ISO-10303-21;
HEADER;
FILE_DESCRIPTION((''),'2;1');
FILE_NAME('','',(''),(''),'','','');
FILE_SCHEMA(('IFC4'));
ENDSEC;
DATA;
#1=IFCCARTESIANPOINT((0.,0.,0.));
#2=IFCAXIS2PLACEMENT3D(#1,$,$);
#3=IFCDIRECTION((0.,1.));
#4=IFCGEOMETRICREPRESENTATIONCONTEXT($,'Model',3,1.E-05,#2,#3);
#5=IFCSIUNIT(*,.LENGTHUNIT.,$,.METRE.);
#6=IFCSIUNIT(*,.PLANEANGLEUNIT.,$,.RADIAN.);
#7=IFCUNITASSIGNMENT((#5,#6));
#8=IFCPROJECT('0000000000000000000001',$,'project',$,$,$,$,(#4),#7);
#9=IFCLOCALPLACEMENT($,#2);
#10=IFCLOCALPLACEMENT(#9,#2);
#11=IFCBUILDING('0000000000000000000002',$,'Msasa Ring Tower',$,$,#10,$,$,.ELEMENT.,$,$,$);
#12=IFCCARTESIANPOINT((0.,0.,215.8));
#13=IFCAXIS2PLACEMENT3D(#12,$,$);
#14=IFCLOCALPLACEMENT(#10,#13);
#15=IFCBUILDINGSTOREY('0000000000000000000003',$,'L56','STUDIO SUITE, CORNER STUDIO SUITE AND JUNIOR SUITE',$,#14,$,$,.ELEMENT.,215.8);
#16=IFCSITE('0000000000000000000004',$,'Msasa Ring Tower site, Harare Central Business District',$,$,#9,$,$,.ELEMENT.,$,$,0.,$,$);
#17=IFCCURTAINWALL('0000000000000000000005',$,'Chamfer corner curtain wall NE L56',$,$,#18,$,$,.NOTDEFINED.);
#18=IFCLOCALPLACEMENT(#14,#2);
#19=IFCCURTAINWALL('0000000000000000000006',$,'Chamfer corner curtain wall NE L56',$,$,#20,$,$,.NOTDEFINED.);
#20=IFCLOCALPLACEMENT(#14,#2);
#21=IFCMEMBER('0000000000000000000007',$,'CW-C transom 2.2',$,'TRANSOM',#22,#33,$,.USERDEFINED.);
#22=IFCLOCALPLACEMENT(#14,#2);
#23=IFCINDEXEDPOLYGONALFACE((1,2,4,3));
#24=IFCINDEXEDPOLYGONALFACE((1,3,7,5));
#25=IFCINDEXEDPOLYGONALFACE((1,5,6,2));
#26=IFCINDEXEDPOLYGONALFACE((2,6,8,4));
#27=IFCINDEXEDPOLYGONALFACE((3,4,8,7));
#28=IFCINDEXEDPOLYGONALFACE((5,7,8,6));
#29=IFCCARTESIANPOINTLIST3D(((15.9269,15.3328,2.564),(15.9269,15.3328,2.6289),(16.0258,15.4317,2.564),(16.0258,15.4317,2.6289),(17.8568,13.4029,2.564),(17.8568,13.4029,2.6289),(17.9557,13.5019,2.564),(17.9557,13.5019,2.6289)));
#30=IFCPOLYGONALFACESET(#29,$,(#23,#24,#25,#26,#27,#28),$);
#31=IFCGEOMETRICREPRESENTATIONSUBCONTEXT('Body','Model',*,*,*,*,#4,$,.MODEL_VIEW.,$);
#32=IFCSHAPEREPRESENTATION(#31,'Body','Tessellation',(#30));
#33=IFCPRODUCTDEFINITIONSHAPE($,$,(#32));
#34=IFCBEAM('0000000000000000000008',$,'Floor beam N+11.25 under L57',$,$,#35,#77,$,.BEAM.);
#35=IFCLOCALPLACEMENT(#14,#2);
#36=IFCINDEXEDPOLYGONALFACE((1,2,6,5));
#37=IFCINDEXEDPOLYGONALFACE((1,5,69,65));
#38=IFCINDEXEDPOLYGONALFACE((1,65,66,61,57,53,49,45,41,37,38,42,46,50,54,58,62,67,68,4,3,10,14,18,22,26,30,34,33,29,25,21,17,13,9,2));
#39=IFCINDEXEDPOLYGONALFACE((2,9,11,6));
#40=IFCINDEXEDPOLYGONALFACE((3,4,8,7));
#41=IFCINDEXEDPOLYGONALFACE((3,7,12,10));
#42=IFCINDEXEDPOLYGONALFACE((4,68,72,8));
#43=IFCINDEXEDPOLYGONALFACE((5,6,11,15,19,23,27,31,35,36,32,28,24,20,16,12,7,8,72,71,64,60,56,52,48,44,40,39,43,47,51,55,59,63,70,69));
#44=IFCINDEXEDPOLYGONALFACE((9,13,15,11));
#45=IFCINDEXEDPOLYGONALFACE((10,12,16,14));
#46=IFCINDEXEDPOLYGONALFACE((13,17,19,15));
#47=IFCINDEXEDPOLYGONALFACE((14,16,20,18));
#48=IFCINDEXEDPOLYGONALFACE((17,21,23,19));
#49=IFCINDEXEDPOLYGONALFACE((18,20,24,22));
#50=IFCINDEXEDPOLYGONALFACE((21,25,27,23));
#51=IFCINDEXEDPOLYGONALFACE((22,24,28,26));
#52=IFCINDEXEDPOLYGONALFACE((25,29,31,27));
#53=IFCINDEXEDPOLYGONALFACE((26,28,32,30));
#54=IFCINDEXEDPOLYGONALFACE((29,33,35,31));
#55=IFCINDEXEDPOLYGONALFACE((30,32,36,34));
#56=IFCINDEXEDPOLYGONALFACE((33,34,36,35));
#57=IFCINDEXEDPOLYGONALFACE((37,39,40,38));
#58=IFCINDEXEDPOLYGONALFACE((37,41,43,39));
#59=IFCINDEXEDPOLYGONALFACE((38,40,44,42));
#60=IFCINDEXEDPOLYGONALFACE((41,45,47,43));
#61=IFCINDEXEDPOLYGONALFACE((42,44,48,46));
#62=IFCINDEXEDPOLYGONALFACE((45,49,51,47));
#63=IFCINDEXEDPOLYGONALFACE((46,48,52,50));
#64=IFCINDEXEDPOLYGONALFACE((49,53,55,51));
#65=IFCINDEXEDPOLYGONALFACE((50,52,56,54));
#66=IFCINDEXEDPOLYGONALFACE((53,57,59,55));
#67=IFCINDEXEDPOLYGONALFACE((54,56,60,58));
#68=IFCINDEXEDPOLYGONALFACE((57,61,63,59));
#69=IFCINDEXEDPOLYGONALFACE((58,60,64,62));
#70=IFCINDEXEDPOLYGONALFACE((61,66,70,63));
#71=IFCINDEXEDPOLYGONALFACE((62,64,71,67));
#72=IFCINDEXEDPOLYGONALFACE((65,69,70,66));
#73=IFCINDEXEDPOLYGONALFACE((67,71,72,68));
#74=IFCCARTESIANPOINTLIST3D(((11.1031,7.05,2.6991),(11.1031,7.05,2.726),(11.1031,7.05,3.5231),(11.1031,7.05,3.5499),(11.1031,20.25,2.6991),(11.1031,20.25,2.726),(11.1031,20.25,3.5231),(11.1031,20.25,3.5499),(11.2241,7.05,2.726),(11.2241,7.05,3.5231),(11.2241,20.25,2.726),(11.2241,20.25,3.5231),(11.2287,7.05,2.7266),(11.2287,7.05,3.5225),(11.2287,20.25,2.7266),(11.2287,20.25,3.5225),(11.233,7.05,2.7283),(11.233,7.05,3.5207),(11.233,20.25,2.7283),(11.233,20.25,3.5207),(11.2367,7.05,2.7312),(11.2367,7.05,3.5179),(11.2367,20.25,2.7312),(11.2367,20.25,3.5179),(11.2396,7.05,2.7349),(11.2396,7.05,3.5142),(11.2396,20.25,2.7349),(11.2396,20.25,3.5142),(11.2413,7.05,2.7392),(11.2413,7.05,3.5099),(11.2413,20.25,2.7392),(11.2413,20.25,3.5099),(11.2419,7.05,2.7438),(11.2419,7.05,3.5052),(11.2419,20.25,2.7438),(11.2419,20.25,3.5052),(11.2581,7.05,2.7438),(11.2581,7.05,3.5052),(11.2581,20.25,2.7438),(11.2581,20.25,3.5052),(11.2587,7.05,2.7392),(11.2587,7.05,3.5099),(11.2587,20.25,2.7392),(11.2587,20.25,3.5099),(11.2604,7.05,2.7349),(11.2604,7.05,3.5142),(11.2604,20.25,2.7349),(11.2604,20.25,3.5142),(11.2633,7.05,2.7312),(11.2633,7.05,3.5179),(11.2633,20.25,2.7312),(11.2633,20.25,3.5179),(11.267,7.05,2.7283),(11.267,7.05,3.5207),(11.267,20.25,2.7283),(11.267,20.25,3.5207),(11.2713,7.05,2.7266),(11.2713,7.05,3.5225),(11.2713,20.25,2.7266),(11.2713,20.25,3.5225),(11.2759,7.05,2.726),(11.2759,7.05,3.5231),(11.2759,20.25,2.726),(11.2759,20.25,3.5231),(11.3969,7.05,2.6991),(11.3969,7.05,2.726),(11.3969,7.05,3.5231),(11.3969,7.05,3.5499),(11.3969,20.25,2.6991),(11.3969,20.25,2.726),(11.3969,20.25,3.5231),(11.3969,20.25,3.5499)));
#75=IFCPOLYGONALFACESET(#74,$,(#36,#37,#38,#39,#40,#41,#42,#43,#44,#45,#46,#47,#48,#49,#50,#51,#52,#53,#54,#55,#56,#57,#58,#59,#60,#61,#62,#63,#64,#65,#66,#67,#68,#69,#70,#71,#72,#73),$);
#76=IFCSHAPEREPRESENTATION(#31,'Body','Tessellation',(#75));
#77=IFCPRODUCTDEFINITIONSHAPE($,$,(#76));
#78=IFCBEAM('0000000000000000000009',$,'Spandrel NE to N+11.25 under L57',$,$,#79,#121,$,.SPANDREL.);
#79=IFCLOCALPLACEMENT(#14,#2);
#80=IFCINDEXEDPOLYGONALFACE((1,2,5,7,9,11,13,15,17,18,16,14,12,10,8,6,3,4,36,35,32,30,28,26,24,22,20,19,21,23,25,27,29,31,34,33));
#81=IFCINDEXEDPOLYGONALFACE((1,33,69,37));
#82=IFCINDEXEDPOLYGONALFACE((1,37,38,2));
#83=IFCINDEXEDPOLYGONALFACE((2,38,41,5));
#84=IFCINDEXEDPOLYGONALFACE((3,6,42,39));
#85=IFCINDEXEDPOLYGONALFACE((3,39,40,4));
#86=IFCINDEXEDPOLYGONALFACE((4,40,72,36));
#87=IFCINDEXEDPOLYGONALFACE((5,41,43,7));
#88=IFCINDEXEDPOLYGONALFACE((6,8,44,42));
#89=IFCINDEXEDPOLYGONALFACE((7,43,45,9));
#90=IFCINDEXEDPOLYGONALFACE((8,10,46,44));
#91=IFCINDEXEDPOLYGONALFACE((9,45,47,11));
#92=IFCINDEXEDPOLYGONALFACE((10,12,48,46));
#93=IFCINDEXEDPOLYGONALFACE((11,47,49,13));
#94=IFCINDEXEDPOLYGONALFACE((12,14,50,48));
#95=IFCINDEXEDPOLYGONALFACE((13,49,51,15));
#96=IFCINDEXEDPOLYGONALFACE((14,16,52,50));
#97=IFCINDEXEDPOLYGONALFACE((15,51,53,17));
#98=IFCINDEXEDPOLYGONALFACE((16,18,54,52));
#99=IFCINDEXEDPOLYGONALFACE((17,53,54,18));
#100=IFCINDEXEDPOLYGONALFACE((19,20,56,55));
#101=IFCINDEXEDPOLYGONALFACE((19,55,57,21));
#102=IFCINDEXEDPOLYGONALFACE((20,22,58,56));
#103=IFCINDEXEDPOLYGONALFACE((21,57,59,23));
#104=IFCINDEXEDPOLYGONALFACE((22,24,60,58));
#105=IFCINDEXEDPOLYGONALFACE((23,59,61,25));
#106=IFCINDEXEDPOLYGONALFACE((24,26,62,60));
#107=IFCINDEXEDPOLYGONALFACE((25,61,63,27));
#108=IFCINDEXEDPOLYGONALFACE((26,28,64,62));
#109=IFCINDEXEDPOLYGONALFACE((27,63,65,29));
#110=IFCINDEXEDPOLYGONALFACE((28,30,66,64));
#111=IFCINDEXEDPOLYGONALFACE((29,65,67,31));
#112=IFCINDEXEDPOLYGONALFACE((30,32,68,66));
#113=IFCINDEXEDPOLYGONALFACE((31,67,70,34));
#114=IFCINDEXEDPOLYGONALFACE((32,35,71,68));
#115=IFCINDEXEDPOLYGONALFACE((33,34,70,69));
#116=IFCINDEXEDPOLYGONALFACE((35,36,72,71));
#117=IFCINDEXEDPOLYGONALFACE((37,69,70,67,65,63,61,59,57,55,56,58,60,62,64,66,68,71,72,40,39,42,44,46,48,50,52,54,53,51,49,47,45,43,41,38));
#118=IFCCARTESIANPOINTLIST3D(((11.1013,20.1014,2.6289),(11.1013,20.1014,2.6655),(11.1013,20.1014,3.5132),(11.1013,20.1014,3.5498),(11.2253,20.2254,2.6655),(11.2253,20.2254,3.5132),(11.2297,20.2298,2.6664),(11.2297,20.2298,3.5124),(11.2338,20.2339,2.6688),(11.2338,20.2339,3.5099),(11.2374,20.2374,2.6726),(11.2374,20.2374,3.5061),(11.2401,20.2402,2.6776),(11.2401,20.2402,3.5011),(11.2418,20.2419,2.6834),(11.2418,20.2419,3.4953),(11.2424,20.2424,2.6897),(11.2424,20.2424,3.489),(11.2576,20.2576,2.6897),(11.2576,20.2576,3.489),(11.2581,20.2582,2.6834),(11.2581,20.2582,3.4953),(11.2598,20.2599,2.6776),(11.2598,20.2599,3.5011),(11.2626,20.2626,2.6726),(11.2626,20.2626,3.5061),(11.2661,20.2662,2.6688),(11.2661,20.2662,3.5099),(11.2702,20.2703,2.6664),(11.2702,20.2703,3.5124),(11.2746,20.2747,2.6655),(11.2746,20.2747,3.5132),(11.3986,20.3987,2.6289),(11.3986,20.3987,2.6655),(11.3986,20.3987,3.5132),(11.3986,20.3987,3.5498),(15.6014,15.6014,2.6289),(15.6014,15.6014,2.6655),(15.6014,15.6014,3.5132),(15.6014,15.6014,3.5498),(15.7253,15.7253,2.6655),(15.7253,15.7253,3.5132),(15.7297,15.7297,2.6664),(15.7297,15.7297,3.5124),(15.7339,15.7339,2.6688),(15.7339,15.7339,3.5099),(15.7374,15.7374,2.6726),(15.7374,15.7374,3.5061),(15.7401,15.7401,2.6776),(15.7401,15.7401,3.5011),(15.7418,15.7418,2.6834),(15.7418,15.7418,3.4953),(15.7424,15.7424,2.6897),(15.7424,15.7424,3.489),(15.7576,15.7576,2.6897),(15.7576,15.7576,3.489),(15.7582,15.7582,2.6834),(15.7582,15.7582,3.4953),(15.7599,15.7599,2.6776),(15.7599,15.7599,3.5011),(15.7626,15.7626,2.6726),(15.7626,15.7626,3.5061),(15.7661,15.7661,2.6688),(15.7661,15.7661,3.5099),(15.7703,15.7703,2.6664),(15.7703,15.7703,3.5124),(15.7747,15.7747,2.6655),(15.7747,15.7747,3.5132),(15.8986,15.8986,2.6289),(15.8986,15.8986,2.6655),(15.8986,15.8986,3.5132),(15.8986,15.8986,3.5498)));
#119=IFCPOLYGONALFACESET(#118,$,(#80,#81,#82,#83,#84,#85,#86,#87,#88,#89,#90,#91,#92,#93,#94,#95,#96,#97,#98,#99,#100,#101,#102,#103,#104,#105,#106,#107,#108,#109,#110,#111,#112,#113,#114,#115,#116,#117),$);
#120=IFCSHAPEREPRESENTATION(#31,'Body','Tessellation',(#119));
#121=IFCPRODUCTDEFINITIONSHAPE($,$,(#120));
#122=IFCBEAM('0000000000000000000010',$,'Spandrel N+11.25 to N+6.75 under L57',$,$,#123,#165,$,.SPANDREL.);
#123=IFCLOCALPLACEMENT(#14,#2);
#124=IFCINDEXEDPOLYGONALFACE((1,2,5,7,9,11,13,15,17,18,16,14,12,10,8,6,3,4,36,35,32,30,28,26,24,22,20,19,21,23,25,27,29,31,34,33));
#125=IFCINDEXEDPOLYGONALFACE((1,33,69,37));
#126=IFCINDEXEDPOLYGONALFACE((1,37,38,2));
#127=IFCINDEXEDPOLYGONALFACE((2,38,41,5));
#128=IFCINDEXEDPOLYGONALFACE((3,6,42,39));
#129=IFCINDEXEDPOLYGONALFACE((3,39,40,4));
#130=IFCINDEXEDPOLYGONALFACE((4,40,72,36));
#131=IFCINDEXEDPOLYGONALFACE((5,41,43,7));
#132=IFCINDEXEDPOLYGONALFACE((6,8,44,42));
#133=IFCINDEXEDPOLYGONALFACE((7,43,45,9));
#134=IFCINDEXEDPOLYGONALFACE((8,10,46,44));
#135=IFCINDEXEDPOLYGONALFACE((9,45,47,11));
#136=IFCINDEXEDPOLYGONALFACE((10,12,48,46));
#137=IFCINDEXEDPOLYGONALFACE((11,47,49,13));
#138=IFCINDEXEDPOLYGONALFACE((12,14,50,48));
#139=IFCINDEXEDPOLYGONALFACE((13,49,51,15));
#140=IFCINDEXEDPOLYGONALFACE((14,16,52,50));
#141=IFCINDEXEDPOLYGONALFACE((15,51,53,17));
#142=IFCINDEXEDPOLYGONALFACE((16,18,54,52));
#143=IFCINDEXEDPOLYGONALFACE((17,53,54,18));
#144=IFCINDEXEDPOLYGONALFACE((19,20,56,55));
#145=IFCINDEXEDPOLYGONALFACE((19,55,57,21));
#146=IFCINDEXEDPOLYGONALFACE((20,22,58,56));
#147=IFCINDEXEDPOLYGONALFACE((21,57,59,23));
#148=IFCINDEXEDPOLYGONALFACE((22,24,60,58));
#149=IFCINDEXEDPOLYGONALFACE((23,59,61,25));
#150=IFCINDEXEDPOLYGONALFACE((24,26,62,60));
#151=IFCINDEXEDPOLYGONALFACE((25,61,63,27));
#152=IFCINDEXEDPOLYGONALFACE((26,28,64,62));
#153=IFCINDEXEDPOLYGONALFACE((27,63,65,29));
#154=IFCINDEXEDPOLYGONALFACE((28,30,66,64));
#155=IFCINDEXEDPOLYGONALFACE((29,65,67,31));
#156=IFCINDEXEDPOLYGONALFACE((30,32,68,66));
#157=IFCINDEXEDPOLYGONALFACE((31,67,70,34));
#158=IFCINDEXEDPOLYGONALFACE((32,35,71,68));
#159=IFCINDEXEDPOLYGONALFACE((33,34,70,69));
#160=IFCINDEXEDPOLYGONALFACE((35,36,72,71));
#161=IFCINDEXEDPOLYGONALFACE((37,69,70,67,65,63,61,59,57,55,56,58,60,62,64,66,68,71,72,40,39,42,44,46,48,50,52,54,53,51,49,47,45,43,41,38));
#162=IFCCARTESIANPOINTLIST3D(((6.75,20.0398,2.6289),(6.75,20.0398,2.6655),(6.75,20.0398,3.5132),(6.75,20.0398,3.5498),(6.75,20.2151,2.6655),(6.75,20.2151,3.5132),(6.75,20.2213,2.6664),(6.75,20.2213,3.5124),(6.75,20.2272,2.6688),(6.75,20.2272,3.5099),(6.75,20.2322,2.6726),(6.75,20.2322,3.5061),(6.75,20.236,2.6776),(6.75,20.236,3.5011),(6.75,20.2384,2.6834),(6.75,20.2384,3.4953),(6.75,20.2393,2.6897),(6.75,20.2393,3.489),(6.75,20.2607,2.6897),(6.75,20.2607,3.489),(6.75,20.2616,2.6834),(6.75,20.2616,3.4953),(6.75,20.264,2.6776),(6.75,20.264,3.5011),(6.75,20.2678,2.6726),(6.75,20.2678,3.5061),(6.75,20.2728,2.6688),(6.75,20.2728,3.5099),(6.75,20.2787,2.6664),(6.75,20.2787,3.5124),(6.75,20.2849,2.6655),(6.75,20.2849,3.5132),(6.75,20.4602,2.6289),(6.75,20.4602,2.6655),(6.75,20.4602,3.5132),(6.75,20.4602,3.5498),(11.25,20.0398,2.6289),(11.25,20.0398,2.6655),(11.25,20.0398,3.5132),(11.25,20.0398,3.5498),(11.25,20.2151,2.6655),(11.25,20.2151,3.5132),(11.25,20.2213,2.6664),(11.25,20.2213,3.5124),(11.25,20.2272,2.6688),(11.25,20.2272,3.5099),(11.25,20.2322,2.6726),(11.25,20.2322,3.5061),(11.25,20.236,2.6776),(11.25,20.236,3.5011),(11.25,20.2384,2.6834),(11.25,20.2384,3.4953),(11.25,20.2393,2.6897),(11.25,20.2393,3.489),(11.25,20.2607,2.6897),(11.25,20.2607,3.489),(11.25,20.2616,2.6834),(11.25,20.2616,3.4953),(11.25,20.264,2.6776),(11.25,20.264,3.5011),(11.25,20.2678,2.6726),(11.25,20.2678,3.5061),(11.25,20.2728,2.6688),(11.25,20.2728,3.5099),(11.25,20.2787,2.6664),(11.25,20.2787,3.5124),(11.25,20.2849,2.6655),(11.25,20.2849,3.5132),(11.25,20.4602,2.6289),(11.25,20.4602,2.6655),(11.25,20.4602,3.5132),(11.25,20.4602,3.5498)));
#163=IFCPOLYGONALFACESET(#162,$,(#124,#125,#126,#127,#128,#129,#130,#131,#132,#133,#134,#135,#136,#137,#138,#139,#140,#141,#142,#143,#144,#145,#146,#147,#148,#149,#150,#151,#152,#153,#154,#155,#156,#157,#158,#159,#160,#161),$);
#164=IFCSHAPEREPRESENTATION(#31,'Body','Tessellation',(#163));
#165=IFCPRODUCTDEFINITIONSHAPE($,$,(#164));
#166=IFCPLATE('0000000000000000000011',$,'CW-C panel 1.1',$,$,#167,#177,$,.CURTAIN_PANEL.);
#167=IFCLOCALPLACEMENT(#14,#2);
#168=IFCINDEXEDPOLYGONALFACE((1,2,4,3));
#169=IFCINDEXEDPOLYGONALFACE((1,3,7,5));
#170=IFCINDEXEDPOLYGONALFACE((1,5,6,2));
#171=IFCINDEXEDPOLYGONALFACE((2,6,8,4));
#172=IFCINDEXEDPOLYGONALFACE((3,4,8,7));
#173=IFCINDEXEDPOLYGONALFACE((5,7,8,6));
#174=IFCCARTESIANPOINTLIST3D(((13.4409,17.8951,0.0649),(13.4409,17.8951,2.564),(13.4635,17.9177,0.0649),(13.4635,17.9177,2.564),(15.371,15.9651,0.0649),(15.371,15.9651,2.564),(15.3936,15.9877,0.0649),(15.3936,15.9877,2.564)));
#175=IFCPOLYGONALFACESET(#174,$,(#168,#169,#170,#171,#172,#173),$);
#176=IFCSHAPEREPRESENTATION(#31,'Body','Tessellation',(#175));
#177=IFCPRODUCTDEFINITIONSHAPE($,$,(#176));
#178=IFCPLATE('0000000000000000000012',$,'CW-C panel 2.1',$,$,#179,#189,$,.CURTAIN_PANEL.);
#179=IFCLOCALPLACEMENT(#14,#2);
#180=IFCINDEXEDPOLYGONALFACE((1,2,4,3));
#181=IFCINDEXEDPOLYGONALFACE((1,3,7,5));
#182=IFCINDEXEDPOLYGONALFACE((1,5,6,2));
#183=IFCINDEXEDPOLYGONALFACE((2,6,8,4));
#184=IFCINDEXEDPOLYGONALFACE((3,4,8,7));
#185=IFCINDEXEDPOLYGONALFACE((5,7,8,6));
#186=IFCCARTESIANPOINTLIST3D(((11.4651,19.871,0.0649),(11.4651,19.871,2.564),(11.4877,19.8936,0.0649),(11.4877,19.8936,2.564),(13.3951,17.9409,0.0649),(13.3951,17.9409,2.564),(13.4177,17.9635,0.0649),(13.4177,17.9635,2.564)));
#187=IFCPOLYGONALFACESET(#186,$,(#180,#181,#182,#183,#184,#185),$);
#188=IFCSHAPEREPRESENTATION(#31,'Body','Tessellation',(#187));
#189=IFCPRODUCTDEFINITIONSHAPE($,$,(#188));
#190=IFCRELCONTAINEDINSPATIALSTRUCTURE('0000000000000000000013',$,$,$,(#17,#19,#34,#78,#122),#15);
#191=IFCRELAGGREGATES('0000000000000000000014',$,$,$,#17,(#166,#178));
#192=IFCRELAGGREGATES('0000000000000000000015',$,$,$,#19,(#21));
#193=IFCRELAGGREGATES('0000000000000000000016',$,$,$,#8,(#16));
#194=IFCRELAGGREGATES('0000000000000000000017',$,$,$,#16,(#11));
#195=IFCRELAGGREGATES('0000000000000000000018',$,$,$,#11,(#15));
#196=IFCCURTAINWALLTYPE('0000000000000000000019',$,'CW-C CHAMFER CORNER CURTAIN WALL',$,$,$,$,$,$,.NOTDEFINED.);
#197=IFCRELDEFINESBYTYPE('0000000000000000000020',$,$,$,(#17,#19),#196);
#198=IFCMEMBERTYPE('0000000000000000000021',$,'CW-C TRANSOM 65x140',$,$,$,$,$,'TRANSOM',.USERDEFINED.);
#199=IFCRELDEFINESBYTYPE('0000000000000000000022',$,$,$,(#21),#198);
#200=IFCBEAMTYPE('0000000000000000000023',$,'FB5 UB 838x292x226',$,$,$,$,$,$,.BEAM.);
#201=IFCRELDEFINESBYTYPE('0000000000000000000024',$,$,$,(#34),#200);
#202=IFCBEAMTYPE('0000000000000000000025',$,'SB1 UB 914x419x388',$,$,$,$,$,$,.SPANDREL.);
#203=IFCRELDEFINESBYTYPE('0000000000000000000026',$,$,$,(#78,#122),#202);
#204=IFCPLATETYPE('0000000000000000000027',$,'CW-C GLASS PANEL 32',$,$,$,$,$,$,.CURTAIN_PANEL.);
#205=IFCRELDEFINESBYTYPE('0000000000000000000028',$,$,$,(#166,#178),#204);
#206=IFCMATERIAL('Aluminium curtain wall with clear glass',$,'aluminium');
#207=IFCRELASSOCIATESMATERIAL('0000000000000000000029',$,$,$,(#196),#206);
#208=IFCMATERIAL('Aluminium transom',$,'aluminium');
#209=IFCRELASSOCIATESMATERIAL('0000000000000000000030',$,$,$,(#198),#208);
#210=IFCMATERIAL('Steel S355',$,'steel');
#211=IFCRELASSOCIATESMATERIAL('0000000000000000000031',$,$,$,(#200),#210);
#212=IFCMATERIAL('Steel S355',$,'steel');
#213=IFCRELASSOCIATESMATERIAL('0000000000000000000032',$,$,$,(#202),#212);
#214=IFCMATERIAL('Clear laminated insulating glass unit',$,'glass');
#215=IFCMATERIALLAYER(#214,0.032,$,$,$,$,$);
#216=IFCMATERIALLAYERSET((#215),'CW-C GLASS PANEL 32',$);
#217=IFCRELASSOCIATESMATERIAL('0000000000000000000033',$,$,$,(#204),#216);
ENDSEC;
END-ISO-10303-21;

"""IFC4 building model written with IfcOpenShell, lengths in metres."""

from ifc_helpers import new_model, si_unit, direction, frame, origin, origin_2d, place, context, subcontext, project, spatial, rectangle, i_section, extrude, material, layer, layer_set, material_profile, profile_set, type_object, element, aggregate, save


model = new_model("IFC4")

# Units and contexts
model_context = context("Model", 3, precision=1e-05, world=origin(), true_north=direction((0.0, 1.0)))
body_context = subcontext(model_context, "Body", "Model", "MODEL_VIEW")
ifc_project = project(units=[si_unit("LENGTHUNIT", "METRE"), si_unit("PLANEANGLEUNIT", "RADIAN")], contexts=[model_context])

# Site, building, storey
site_placement = place(None, origin())
site = spatial("IfcSite", under=ifc_project, at=site_placement, Name="Msasa Ring Tower site, Harare Central Business District", CompositionType="ELEMENT", RefElevation=0.0)
building_placement = place(site_placement, origin())
building = spatial("IfcBuilding", under=site, at=building_placement, Name="Msasa Ring Tower", CompositionType="ELEMENT")
storey_placement = place(building_placement, frame((0.0, 0.0, 215.8)))
storey = spatial("IfcBuildingStorey", under=building, at=storey_placement, Name="L56", Description="STUDIO SUITE, CORNER STUDIO SUITE AND JUNIOR SUITE", CompositionType="ELEMENT", Elevation=215.8)

# Curtain walls
ifc_material_1 = material(Name="Aluminium curtain wall with clear glass", Category="aluminium")
curtain_wall_type = type_object("IfcCurtainWallType", Name="CW-C CHAMFER CORNER CURTAIN WALL", PredefinedType="NOTDEFINED", material=ifc_material_1)
curtain_wall_1_placement = place(storey_placement, origin())
curtain_wall_1 = element("IfcCurtainWall", 1, at=curtain_wall_1_placement, inside=storey, type_object=curtain_wall_type, Name="Chamfer corner curtain wall NE L56", PredefinedType="NOTDEFINED")
curtain_wall_2_placement = place(storey_placement, origin())
curtain_wall_2 = element("IfcCurtainWall", 2, at=curtain_wall_2_placement, inside=storey, type_object=curtain_wall_type, Name="Chamfer corner curtain wall NE L56", PredefinedType="NOTDEFINED")

# Member
ifc_material_2 = material(Name="Aluminium transom", Category="aluminium")
ifc_material_profile_1 = material_profile(ifc_material_2, rectangle(XDim=0.1399, YDim=0.0649, at=origin_2d()), Name="AL 65x140")
ifc_profile_set_1 = profile_set([ifc_material_profile_1], Name="Aluminium transom")
member_type_1 = type_object("IfcMemberType", Name="CW-C TRANSOM 65x140", ElementType="TRANSOM", PredefinedType="USERDEFINED", material=ifc_profile_set_1)
member_1_placement = place(storey_placement, frame((17.9062, 13.4524, 2.5964), z_axis=(-0.707107, 0.707107, 0.0), x_axis=(-0.707107, -0.707107, 0.0)))
member_1 = element("IfcMember", 3, at=member_1_placement, type_object=member_type_1, Name="CW-C transom 2.2", ObjectType="TRANSOM", PredefinedType="USERDEFINED", context=body_context, shape_type="SweptSolid", body=[
    extrude(rectangle(XDim=0.1399, YDim=0.0649, at=origin_2d()), origin(), (0.0, 0.0, 1.0), 2.7292),
])

# Beams
ifc_material_3 = material(Name="Steel S355", Category="steel")
ifc_material_profile_2 = material_profile(ifc_material_3, i_section(OverallWidth=0.2937, OverallDepth=0.8508, WebThickness=0.0161, FlangeThickness=0.0269, FilletRadius=0.0178, at=origin_2d()), Name="UB 838x292x226")
ifc_profile_set_2 = profile_set([ifc_material_profile_2], Name="Steel S355")
beam_type_1 = type_object("IfcBeamType", Name="FB5 UB 838x292x226", PredefinedType="BEAM", material=ifc_profile_set_2)
beam_1_placement = place(storey_placement, frame((11.25, 20.25, 3.1245), z_axis=(0.0, -1.0, 0.0), x_axis=(1.0, 0.0, 0.0)))
element("IfcBeam", 4, at=beam_1_placement, inside=storey, type_object=beam_type_1, Name="Floor beam N+11.25 under L57", PredefinedType="BEAM", context=body_context, shape_type="SweptSolid", body=[
    extrude(i_section(OverallWidth=0.2937, OverallDepth=0.8508, WebThickness=0.0161, FlangeThickness=0.0269, FilletRadius=0.0178, at=origin_2d()), origin(), (0.0, 0.0, 1.0), 13.2),
])
ifc_material_4 = material(Name="Steel S355", Category="steel")
ifc_material_profile_3 = material_profile(ifc_material_4, i_section(OverallWidth=0.4204, OverallDepth=0.9209, WebThickness=0.0215, FlangeThickness=0.0366, FilletRadius=0.0242, at=origin_2d()), Name="UB 914x419x388")
ifc_profile_set_3 = profile_set([ifc_material_profile_3], Name="Steel S355")
beam_type_2 = type_object("IfcBeamType", Name="SB1 UB 914x419x388", PredefinedType="SPANDREL", material=ifc_profile_set_3)
beam_2_placement = place(storey_placement, frame((15.75, 15.75, 3.0894), z_axis=(-0.707107, 0.707107, 0.0), x_axis=(-0.707107, -0.707107, 0.0)))
element("IfcBeam", 5, at=beam_2_placement, inside=storey, type_object=beam_type_2, Name="Spandrel NE to N+11.25 under L57", PredefinedType="SPANDREL", context=body_context, shape_type="SweptSolid", body=[
    extrude(i_section(OverallWidth=0.4204, OverallDepth=0.9209, WebThickness=0.0215, FlangeThickness=0.0366, FilletRadius=0.0242, at=origin_2d()), origin(), (0.0, 0.0, 1.0), 6.364),
])
beam_3_placement = place(storey_placement, frame((11.25, 20.25, 3.0894), z_axis=(-1.0, 0.0, 0.0), x_axis=(0.0, -1.0, 0.0)))
element("IfcBeam", 6, at=beam_3_placement, inside=storey, type_object=beam_type_2, Name="Spandrel N+11.25 to N+6.75 under L57", PredefinedType="SPANDREL", context=body_context, shape_type="SweptSolid", body=[
    extrude(i_section(OverallWidth=0.4204, OverallDepth=0.9209, WebThickness=0.0215, FlangeThickness=0.0366, FilletRadius=0.0242, at=origin_2d()), origin(), (0.0, 0.0, 1.0), 4.5),
])

# Plates
ifc_material_5 = material(Name="Clear laminated insulating glass unit", Category="glass")
ifc_layer_1 = layer(ifc_material_5, 0.032)
ifc_layer_set_1 = layer_set([ifc_layer_1], Name="CW-C GLASS PANEL 32")
plate_type = type_object("IfcPlateType", Name="CW-C GLASS PANEL 32", PredefinedType="CURTAIN_PANEL", material=ifc_layer_set_1)
plate_1_placement = place(storey_placement, frame((14.4172, 16.9414, 0.0649), z_axis=(0.0, 0.0, 1.0), x_axis=(-0.707107, 0.707107, 0.0)))
plate_1 = element("IfcPlate", 7, at=plate_1_placement, type_object=plate_type, Name="CW-C panel 1.1", PredefinedType="CURTAIN_PANEL", context=body_context, shape_type="SweptSolid", body=[
    extrude(rectangle(XDim=2.7295, YDim=0.032, at=origin_2d()), origin(), (0.0, 0.0, 1.0), 2.499),
])
plate_2_placement = place(storey_placement, frame((12.4414, 18.9172, 0.0649), z_axis=(0.0, 0.0, 1.0), x_axis=(-0.707107, 0.707107, 0.0)))
plate_2 = element("IfcPlate", 8, at=plate_2_placement, type_object=plate_type, Name="CW-C panel 2.1", PredefinedType="CURTAIN_PANEL", context=body_context, shape_type="SweptSolid", body=[
    extrude(rectangle(XDim=2.7295, YDim=0.032, at=origin_2d()), origin(), (0.0, 0.0, 1.0), 2.499),
])
aggregate(curtain_wall_1, [plate_1, plate_2])
aggregate(curtain_wall_2, [member_1])

save(model, "model.ifc")
